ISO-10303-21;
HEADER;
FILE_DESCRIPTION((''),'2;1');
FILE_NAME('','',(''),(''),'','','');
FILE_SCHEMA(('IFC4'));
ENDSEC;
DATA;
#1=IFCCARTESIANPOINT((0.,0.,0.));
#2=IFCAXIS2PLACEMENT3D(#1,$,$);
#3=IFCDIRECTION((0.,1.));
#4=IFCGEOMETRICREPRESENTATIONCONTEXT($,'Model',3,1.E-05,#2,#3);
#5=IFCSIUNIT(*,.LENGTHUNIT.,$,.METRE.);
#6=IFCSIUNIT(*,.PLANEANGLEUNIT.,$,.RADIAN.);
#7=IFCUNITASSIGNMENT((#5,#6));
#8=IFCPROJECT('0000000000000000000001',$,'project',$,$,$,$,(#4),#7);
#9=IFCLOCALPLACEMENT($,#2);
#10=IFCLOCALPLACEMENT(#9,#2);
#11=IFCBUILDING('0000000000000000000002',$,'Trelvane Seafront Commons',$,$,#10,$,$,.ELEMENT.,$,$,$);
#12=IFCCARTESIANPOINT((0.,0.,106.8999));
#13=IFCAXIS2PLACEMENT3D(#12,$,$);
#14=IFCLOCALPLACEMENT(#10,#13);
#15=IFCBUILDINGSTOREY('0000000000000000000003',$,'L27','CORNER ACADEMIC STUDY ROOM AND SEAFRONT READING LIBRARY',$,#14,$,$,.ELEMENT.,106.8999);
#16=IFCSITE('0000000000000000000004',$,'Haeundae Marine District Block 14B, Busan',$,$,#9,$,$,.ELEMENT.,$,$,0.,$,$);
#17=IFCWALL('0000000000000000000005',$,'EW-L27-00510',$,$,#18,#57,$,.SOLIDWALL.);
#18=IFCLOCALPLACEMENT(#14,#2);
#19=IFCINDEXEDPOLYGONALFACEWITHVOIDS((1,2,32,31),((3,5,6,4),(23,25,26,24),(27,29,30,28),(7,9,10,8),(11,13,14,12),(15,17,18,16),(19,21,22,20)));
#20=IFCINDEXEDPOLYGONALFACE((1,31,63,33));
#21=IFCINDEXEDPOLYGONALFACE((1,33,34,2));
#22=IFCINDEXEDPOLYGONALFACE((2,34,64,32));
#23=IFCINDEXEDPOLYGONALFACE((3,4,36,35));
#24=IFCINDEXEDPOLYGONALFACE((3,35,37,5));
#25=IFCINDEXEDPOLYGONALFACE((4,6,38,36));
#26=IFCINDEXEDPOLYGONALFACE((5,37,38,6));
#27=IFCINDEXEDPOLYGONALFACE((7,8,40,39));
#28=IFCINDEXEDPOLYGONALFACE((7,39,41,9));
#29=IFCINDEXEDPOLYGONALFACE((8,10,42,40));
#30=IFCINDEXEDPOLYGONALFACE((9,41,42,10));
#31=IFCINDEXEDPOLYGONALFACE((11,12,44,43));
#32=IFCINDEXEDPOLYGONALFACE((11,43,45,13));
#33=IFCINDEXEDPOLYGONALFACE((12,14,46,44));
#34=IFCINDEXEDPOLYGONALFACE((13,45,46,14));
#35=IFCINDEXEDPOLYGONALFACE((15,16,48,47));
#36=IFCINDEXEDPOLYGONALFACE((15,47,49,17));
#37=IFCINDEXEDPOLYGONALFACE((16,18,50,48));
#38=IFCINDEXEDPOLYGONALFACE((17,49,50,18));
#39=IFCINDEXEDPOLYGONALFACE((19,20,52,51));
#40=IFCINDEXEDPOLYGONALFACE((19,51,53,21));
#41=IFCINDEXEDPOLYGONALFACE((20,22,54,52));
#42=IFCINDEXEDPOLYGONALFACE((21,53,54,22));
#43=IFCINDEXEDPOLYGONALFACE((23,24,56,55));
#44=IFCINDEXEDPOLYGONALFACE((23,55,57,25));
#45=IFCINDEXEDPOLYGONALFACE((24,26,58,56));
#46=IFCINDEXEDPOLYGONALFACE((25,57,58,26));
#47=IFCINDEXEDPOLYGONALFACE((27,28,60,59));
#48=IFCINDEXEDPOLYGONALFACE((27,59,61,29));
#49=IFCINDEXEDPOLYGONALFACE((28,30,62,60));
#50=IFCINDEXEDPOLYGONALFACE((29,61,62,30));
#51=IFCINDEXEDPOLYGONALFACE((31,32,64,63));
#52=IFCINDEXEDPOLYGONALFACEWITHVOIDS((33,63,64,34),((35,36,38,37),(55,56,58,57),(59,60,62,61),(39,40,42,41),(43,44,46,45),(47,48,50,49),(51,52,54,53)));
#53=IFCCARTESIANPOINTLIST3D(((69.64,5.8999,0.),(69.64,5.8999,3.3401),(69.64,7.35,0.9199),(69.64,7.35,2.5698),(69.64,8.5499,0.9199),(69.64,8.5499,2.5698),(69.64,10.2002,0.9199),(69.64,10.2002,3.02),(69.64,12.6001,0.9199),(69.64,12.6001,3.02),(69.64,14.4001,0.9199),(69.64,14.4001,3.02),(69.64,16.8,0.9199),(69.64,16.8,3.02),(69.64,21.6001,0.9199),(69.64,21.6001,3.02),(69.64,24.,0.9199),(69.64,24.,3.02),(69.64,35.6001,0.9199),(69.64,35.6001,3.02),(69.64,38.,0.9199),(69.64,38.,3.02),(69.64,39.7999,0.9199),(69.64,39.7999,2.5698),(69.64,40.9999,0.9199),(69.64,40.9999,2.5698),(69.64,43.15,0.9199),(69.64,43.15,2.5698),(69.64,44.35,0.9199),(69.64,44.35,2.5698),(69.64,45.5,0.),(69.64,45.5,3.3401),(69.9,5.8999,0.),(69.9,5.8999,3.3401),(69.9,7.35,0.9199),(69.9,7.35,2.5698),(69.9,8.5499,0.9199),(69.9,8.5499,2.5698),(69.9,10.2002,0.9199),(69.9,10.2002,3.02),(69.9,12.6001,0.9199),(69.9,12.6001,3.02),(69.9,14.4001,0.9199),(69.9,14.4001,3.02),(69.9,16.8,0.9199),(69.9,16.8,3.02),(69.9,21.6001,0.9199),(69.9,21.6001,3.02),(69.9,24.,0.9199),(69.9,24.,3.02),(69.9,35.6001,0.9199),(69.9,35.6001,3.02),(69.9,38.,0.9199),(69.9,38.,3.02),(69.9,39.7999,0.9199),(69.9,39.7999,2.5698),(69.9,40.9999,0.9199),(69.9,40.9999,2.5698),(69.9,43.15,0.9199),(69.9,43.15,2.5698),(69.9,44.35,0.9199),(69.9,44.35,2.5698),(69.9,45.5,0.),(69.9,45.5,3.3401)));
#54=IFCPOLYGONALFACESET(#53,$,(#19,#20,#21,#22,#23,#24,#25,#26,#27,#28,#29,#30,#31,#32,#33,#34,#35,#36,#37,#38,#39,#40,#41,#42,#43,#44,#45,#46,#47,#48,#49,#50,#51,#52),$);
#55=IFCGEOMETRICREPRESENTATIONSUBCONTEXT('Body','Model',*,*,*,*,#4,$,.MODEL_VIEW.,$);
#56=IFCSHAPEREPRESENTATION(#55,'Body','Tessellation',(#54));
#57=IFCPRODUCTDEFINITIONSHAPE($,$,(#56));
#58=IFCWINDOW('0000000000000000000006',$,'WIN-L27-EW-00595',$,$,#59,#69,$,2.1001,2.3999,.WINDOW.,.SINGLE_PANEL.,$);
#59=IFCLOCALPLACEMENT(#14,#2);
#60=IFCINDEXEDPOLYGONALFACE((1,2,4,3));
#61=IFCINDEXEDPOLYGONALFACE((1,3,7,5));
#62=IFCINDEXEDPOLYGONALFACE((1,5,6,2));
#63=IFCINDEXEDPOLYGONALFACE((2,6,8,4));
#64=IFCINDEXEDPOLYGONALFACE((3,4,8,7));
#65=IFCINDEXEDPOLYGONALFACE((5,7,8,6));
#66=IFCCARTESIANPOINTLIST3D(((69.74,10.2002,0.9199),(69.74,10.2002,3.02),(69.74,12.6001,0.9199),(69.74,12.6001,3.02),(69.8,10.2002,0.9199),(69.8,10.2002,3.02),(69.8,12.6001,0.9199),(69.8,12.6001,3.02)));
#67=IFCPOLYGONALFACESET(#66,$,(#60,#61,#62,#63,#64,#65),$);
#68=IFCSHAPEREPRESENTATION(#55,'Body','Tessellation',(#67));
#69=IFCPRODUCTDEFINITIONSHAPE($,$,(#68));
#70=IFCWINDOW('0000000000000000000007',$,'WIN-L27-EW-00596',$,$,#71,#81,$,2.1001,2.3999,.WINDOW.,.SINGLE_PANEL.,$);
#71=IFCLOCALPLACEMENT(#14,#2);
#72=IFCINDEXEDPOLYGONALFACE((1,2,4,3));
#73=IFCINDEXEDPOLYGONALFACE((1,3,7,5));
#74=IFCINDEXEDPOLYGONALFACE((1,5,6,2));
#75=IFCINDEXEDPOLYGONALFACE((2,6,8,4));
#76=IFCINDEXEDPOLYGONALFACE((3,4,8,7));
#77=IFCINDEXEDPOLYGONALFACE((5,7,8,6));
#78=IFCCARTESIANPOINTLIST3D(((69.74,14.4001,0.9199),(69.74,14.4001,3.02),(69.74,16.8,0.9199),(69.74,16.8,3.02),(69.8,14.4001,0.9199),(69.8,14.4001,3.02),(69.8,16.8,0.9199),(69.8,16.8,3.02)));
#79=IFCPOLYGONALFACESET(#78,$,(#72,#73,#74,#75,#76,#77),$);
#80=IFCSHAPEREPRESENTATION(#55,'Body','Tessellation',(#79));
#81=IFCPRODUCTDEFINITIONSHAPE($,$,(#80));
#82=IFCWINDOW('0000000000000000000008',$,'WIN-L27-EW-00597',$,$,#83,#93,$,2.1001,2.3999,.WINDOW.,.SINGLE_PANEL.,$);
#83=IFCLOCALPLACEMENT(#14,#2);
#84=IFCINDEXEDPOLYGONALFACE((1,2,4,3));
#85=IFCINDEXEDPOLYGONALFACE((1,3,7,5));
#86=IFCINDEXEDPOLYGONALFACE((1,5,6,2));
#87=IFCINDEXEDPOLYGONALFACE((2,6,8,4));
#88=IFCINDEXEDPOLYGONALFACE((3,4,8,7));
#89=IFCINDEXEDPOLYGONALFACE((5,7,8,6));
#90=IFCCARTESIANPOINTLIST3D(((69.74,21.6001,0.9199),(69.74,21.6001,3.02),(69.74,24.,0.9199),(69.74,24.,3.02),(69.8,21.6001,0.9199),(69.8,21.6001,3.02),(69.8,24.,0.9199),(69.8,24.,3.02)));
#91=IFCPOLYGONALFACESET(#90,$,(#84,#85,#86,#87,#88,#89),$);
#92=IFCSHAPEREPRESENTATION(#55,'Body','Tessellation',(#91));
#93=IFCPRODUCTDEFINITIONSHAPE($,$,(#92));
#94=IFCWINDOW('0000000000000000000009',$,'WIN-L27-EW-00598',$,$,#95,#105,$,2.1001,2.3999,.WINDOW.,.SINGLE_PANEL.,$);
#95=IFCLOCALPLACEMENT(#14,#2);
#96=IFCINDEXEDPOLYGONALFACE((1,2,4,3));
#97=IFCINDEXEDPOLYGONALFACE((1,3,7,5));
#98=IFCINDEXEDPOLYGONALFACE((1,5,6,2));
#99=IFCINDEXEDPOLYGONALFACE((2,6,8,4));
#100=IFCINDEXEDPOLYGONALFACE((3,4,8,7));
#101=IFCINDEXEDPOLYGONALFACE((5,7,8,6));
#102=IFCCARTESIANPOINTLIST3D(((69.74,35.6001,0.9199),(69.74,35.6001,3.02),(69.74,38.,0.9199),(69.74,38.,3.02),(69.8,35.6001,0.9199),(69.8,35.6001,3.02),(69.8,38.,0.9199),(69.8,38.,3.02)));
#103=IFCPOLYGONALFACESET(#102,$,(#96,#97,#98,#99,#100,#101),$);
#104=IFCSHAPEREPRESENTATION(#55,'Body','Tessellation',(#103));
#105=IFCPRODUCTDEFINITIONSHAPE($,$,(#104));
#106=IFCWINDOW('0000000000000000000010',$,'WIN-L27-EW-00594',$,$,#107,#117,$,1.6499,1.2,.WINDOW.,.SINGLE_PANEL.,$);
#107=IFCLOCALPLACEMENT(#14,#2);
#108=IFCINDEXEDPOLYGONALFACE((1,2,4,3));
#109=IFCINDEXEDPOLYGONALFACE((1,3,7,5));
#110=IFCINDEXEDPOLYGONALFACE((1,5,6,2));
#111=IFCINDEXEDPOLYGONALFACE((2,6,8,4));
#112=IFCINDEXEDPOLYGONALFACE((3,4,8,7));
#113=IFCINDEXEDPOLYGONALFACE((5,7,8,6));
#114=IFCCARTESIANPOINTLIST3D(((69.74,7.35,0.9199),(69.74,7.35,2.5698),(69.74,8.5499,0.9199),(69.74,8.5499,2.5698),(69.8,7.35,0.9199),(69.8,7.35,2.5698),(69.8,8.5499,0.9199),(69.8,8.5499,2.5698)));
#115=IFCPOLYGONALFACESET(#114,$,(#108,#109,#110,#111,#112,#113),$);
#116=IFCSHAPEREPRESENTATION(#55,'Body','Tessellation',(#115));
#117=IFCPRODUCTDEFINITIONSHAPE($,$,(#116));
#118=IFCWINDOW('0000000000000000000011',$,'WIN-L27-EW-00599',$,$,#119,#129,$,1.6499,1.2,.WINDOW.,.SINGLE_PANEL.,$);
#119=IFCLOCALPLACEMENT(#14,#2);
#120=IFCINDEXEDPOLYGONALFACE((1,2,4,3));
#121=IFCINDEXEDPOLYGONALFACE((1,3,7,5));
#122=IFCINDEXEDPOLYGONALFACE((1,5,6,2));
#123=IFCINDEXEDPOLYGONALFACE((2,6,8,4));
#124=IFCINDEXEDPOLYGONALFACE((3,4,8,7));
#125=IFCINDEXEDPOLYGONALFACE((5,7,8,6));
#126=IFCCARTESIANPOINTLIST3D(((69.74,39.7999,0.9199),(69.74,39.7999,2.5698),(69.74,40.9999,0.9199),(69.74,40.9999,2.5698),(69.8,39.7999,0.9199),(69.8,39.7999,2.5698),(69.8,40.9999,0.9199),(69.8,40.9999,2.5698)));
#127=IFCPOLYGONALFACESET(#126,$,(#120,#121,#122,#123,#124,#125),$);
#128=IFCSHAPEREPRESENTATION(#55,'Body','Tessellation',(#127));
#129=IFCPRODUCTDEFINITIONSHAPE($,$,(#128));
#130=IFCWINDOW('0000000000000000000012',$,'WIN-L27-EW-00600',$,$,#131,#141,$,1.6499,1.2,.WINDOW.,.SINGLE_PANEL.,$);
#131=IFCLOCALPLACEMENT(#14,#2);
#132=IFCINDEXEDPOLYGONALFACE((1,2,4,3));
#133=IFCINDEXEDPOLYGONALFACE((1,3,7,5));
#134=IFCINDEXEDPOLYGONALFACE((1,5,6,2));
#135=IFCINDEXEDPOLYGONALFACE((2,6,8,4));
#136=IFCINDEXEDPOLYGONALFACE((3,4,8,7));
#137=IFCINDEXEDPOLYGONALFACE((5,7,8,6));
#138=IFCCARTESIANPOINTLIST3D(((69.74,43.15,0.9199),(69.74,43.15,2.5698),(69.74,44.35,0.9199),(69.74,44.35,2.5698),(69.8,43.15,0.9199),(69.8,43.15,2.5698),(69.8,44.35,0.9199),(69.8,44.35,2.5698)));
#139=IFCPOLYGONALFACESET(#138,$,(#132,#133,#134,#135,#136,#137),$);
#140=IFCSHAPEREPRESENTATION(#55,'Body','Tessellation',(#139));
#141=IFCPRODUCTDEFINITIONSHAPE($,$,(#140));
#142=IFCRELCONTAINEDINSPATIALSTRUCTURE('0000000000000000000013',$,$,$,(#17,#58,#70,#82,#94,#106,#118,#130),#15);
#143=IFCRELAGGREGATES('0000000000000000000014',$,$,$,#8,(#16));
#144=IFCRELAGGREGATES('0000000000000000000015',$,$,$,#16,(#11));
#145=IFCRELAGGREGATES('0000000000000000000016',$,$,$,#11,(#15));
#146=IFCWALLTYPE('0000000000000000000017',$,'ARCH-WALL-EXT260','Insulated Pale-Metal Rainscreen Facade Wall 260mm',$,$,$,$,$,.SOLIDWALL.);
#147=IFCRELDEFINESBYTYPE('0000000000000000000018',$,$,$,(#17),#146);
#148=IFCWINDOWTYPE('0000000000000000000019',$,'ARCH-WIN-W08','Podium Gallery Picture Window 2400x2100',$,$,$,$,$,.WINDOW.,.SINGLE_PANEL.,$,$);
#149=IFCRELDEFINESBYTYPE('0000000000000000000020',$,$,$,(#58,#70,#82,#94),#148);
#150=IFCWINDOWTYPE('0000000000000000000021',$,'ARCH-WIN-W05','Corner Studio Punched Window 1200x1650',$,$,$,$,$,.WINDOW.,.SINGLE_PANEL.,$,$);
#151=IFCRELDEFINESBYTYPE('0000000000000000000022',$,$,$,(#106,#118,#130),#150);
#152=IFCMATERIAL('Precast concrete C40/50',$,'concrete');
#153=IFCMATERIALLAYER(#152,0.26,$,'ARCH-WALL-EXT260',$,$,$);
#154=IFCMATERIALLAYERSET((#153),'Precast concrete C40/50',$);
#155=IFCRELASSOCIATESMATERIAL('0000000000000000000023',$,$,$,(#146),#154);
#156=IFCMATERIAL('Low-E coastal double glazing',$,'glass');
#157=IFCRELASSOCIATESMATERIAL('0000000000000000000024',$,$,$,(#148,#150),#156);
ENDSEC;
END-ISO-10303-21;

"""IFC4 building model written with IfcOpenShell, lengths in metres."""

from ifc_helpers import new_model, si_unit, direction, frame, frame_2d, origin, place, context, subcontext, project, spatial, rectangle, extrude, source, transform, mapped, material, layer, layer_set, type_object, element, fill, save


model = new_model("IFC4")

# Units and contexts
model_context = context("Model", 3, precision=1e-05, world=origin(), true_north=direction((0.0, 1.0)))
body_context = subcontext(model_context, "Body", "Model", "MODEL_VIEW")
ifc_project = project(units=[si_unit("LENGTHUNIT", "METRE"), si_unit("PLANEANGLEUNIT", "RADIAN")], contexts=[model_context])

# Site, building, storey
site_placement = place(None, origin())
site = spatial("IfcSite", under=ifc_project, at=site_placement, Name="Haeundae Marine District Block 14B, Busan", CompositionType="ELEMENT", RefElevation=0.0)
building_placement = place(site_placement, origin())
building = spatial("IfcBuilding", under=site, at=building_placement, Name="Trelvane Seafront Commons", CompositionType="ELEMENT")
storey_placement = place(building_placement, frame((0.0, 0.0, 106.8999)))
storey = spatial("IfcBuildingStorey", under=building, at=storey_placement, Name="L27", Description="CORNER ACADEMIC STUDY ROOM AND SEAFRONT READING LIBRARY", CompositionType="ELEMENT", Elevation=106.8999)

# Shared definitions
ifc_material_1 = material(Name="Low-E coastal double glazing", Category="glass")

# Shared definitions
ifc_material_2 = material(Name="Precast concrete C40/50", Category="concrete")
ifc_layer_1 = layer(ifc_material_2, 0.26, Name="ARCH-WALL-EXT260")
ifc_layer_set_1 = layer_set([ifc_layer_1], Name="Precast concrete C40/50")
wall_type = type_object("IfcWallType", Name="ARCH-WALL-EXT260", Description="Insulated Pale-Metal Rainscreen Facade Wall 260mm", PredefinedType="SOLIDWALL", material=ifc_layer_set_1)

# Wall, openings, windows
wall_1_placement = place(storey_placement, frame((69.77, 45.5, 0.0), z_axis=(0.0, 0.0, 1.0), x_axis=(0.0, -1.0, 0.0)))
wall_1 = element("IfcWall", 1, at=wall_1_placement, inside=storey, type_object=wall_type, Name="EW-L27-00510", PredefinedType="SOLIDWALL", context=body_context, shape_type="SweptSolid", body=[
    extrude(rectangle(XDim=39.6001, YDim=0.26, at=frame_2d((19.8, 0.0))), origin(), (0.0, 0.0, 1.0), 3.3401),
])
opening_1_placement = place(wall_1_placement, frame((36.95, 0.0, 0.9199)))
opening_1 = element("IfcOpeningElement", 2, at=opening_1_placement, cuts=wall_1, PredefinedType="OPENING", context=body_context, shape_type="SweptSolid", body=[
    extrude(rectangle(XDim=1.2, YDim=1.6499, at=frame_2d((0.6001, 0.825))), frame((0.0, 0.1399, 0.0), z_axis=(0.0, -1.0, 0.0), x_axis=(1.0, 0.0, 0.0)), (0.0, 0.0, 1.0), 0.28),
])
opening_2_placement = place(wall_1_placement, frame((32.8999, 0.0, 0.9199)))
opening_2 = element("IfcOpeningElement", 3, at=opening_2_placement, cuts=wall_1, PredefinedType="OPENING", context=body_context, shape_type="SweptSolid", body=[
    extrude(rectangle(XDim=2.3999, YDim=2.1001, at=frame_2d((1.2, 1.05))), frame((0.0, 0.1399, 0.0), z_axis=(0.0, -1.0, 0.0), x_axis=(1.0, 0.0, 0.0)), (0.0, 0.0, 1.0), 0.28),
])
opening_3_placement = place(wall_1_placement, frame((28.7, 0.0, 0.9199)))
opening_3 = element("IfcOpeningElement", 4, at=opening_3_placement, cuts=wall_1, PredefinedType="OPENING", context=body_context, shape_type="SweptSolid", body=[
    extrude(rectangle(XDim=2.3999, YDim=2.1001, at=frame_2d((1.2, 1.05))), frame((0.0, 0.1399, 0.0), z_axis=(0.0, -1.0, 0.0), x_axis=(1.0, 0.0, 0.0)), (0.0, 0.0, 1.0), 0.28),
])
opening_4_placement = place(wall_1_placement, frame((21.5, 0.0, 0.9199)))
opening_4 = element("IfcOpeningElement", 5, at=opening_4_placement, cuts=wall_1, PredefinedType="OPENING", context=body_context, shape_type="SweptSolid", body=[
    extrude(rectangle(XDim=2.3999, YDim=2.1001, at=frame_2d((1.2, 1.05))), frame((0.0, 0.1399, 0.0), z_axis=(0.0, -1.0, 0.0), x_axis=(1.0, 0.0, 0.0)), (0.0, 0.0, 1.0), 0.28),
])
opening_5_placement = place(wall_1_placement, frame((7.5, 0.0, 0.9199)))
opening_5 = element("IfcOpeningElement", 6, at=opening_5_placement, cuts=wall_1, PredefinedType="OPENING", context=body_context, shape_type="SweptSolid", body=[
    extrude(rectangle(XDim=2.3999, YDim=2.1001, at=frame_2d((1.2, 1.05))), frame((0.0, 0.1399, 0.0), z_axis=(0.0, -1.0, 0.0), x_axis=(1.0, 0.0, 0.0)), (0.0, 0.0, 1.0), 0.28),
])
opening_6_placement = place(wall_1_placement, frame((4.5, 0.0, 0.9199)))
opening_6 = element("IfcOpeningElement", 7, at=opening_6_placement, cuts=wall_1, PredefinedType="OPENING", context=body_context, shape_type="SweptSolid", body=[
    extrude(rectangle(XDim=1.2, YDim=1.6499, at=frame_2d((0.6001, 0.825))), frame((0.0, 0.1399, 0.0), z_axis=(0.0, -1.0, 0.0), x_axis=(1.0, 0.0, 0.0)), (0.0, 0.0, 1.0), 0.28),
])
opening_7_placement = place(wall_1_placement, frame((1.1499, 0.0, 0.9199)))
opening_7 = element("IfcOpeningElement", 8, at=opening_7_placement, cuts=wall_1, PredefinedType="OPENING", context=body_context, shape_type="SweptSolid", body=[
    extrude(rectangle(XDim=1.2, YDim=1.6499, at=frame_2d((0.6001, 0.825))), frame((0.0, 0.1399, 0.0), z_axis=(0.0, -1.0, 0.0), x_axis=(1.0, 0.0, 0.0)), (0.0, 0.0, 1.0), 0.28),
])
window_type_1 = type_object("IfcWindowType", Name="ARCH-WIN-W08", Description="Podium Gallery Picture Window 2400x2100", PartitioningType="SINGLE_PANEL", PredefinedType="WINDOW", material=ifc_material_1)
shared_shape_1 = source(origin(), body_context, "Body", "SweptSolid", [
    extrude(rectangle(XDim=2.3999, YDim=2.1001, at=frame_2d((1.2, 1.05))), frame((0.0, 0.03, 0.0), z_axis=(0.0, -1.0, 0.0), x_axis=(1.0, 0.0, 0.0)), (0.0, 0.0, 1.0), 0.0601),
])
window_1_placement = place(opening_2_placement, origin())
window_1 = element("IfcWindow", 9, at=window_1_placement, inside=storey, type_object=window_type_1, Name="WIN-L27-EW-00595", OverallHeight=2.1001, OverallWidth=2.3999, PartitioningType="SINGLE_PANEL", PredefinedType="WINDOW", context=body_context, shape_type="MappedRepresentation", body=[
    mapped(shared_shape_1, transform((0.0, 0.0, 0.0), x_axis=(1.0, 0.0, 0.0), y_axis=(0.0, 1.0, 0.0), z_axis=(0.0, 0.0, 1.0), scale=1.0)),
])
fill(opening_2, window_1)
window_2_placement = place(opening_3_placement, origin())
window_2 = element("IfcWindow", 10, at=window_2_placement, inside=storey, type_object=window_type_1, Name="WIN-L27-EW-00596", OverallHeight=2.1001, OverallWidth=2.3999, PartitioningType="SINGLE_PANEL", PredefinedType="WINDOW", context=body_context, shape_type="MappedRepresentation", body=[
    mapped(shared_shape_1, transform((0.0, 0.0, 0.0), x_axis=(1.0, 0.0, 0.0), y_axis=(0.0, 1.0, 0.0), z_axis=(0.0, 0.0, 1.0), scale=1.0)),
])
fill(opening_3, window_2)
window_3_placement = place(opening_4_placement, origin())
window_3 = element("IfcWindow", 11, at=window_3_placement, inside=storey, type_object=window_type_1, Name="WIN-L27-EW-00597", OverallHeight=2.1001, OverallWidth=2.3999, PartitioningType="SINGLE_PANEL", PredefinedType="WINDOW", context=body_context, shape_type="MappedRepresentation", body=[
    mapped(shared_shape_1, transform((0.0, 0.0, 0.0), x_axis=(1.0, 0.0, 0.0), y_axis=(0.0, 1.0, 0.0), z_axis=(0.0, 0.0, 1.0), scale=1.0)),
])
fill(opening_4, window_3)
window_4_placement = place(opening_5_placement, origin())
window_4 = element("IfcWindow", 12, at=window_4_placement, inside=storey, type_object=window_type_1, Name="WIN-L27-EW-00598", OverallHeight=2.1001, OverallWidth=2.3999, PartitioningType="SINGLE_PANEL", PredefinedType="WINDOW", context=body_context, shape_type="MappedRepresentation", body=[
    mapped(shared_shape_1, transform((0.0, 0.0, 0.0), x_axis=(1.0, 0.0, 0.0), y_axis=(0.0, 1.0, 0.0), z_axis=(0.0, 0.0, 1.0), scale=1.0)),
])
fill(opening_5, window_4)
window_type_2 = type_object("IfcWindowType", Name="ARCH-WIN-W05", Description="Corner Studio Punched Window 1200x1650", PartitioningType="SINGLE_PANEL", PredefinedType="WINDOW", material=ifc_material_1)
shared_shape_2 = source(origin(), body_context, "Body", "SweptSolid", [
    extrude(rectangle(XDim=1.2, YDim=1.6499, at=frame_2d((0.6001, 0.825))), frame((0.0, 0.03, 0.0), z_axis=(0.0, -1.0, 0.0), x_axis=(1.0, 0.0, 0.0)), (0.0, 0.0, 1.0), 0.0601),
])
window_5_placement = place(opening_1_placement, origin())
window_5 = element("IfcWindow", 13, at=window_5_placement, inside=storey, type_object=window_type_2, Name="WIN-L27-EW-00594", OverallHeight=1.6499, OverallWidth=1.2, PartitioningType="SINGLE_PANEL", PredefinedType="WINDOW", context=body_context, shape_type="MappedRepresentation", body=[
    mapped(shared_shape_2, transform((0.0, 0.0, 0.0), x_axis=(1.0, 0.0, 0.0), y_axis=(0.0, 1.0, 0.0), z_axis=(0.0, 0.0, 1.0), scale=1.0)),
])
fill(opening_1, window_5)
window_6_placement = place(opening_6_placement, origin())
window_6 = element("IfcWindow", 14, at=window_6_placement, inside=storey, type_object=window_type_2, Name="WIN-L27-EW-00599", OverallHeight=1.6499, OverallWidth=1.2, PartitioningType="SINGLE_PANEL", PredefinedType="WINDOW", context=body_context, shape_type="MappedRepresentation", body=[
    mapped(shared_shape_2, transform((0.0, 0.0, 0.0), x_axis=(1.0, 0.0, 0.0), y_axis=(0.0, 1.0, 0.0), z_axis=(0.0, 0.0, 1.0), scale=1.0)),
])
fill(opening_6, window_6)
window_7_placement = place(opening_7_placement, origin())
window_7 = element("IfcWindow", 15, at=window_7_placement, inside=storey, type_object=window_type_2, Name="WIN-L27-EW-00600", OverallHeight=1.6499, OverallWidth=1.2, PartitioningType="SINGLE_PANEL", PredefinedType="WINDOW", context=body_context, shape_type="MappedRepresentation", body=[
    mapped(shared_shape_2, transform((0.0, 0.0, 0.0), x_axis=(1.0, 0.0, 0.0), y_axis=(0.0, 1.0, 0.0), z_axis=(0.0, 0.0, 1.0), scale=1.0)),
])
fill(opening_7, window_7)

save(model, "model.ifc")
